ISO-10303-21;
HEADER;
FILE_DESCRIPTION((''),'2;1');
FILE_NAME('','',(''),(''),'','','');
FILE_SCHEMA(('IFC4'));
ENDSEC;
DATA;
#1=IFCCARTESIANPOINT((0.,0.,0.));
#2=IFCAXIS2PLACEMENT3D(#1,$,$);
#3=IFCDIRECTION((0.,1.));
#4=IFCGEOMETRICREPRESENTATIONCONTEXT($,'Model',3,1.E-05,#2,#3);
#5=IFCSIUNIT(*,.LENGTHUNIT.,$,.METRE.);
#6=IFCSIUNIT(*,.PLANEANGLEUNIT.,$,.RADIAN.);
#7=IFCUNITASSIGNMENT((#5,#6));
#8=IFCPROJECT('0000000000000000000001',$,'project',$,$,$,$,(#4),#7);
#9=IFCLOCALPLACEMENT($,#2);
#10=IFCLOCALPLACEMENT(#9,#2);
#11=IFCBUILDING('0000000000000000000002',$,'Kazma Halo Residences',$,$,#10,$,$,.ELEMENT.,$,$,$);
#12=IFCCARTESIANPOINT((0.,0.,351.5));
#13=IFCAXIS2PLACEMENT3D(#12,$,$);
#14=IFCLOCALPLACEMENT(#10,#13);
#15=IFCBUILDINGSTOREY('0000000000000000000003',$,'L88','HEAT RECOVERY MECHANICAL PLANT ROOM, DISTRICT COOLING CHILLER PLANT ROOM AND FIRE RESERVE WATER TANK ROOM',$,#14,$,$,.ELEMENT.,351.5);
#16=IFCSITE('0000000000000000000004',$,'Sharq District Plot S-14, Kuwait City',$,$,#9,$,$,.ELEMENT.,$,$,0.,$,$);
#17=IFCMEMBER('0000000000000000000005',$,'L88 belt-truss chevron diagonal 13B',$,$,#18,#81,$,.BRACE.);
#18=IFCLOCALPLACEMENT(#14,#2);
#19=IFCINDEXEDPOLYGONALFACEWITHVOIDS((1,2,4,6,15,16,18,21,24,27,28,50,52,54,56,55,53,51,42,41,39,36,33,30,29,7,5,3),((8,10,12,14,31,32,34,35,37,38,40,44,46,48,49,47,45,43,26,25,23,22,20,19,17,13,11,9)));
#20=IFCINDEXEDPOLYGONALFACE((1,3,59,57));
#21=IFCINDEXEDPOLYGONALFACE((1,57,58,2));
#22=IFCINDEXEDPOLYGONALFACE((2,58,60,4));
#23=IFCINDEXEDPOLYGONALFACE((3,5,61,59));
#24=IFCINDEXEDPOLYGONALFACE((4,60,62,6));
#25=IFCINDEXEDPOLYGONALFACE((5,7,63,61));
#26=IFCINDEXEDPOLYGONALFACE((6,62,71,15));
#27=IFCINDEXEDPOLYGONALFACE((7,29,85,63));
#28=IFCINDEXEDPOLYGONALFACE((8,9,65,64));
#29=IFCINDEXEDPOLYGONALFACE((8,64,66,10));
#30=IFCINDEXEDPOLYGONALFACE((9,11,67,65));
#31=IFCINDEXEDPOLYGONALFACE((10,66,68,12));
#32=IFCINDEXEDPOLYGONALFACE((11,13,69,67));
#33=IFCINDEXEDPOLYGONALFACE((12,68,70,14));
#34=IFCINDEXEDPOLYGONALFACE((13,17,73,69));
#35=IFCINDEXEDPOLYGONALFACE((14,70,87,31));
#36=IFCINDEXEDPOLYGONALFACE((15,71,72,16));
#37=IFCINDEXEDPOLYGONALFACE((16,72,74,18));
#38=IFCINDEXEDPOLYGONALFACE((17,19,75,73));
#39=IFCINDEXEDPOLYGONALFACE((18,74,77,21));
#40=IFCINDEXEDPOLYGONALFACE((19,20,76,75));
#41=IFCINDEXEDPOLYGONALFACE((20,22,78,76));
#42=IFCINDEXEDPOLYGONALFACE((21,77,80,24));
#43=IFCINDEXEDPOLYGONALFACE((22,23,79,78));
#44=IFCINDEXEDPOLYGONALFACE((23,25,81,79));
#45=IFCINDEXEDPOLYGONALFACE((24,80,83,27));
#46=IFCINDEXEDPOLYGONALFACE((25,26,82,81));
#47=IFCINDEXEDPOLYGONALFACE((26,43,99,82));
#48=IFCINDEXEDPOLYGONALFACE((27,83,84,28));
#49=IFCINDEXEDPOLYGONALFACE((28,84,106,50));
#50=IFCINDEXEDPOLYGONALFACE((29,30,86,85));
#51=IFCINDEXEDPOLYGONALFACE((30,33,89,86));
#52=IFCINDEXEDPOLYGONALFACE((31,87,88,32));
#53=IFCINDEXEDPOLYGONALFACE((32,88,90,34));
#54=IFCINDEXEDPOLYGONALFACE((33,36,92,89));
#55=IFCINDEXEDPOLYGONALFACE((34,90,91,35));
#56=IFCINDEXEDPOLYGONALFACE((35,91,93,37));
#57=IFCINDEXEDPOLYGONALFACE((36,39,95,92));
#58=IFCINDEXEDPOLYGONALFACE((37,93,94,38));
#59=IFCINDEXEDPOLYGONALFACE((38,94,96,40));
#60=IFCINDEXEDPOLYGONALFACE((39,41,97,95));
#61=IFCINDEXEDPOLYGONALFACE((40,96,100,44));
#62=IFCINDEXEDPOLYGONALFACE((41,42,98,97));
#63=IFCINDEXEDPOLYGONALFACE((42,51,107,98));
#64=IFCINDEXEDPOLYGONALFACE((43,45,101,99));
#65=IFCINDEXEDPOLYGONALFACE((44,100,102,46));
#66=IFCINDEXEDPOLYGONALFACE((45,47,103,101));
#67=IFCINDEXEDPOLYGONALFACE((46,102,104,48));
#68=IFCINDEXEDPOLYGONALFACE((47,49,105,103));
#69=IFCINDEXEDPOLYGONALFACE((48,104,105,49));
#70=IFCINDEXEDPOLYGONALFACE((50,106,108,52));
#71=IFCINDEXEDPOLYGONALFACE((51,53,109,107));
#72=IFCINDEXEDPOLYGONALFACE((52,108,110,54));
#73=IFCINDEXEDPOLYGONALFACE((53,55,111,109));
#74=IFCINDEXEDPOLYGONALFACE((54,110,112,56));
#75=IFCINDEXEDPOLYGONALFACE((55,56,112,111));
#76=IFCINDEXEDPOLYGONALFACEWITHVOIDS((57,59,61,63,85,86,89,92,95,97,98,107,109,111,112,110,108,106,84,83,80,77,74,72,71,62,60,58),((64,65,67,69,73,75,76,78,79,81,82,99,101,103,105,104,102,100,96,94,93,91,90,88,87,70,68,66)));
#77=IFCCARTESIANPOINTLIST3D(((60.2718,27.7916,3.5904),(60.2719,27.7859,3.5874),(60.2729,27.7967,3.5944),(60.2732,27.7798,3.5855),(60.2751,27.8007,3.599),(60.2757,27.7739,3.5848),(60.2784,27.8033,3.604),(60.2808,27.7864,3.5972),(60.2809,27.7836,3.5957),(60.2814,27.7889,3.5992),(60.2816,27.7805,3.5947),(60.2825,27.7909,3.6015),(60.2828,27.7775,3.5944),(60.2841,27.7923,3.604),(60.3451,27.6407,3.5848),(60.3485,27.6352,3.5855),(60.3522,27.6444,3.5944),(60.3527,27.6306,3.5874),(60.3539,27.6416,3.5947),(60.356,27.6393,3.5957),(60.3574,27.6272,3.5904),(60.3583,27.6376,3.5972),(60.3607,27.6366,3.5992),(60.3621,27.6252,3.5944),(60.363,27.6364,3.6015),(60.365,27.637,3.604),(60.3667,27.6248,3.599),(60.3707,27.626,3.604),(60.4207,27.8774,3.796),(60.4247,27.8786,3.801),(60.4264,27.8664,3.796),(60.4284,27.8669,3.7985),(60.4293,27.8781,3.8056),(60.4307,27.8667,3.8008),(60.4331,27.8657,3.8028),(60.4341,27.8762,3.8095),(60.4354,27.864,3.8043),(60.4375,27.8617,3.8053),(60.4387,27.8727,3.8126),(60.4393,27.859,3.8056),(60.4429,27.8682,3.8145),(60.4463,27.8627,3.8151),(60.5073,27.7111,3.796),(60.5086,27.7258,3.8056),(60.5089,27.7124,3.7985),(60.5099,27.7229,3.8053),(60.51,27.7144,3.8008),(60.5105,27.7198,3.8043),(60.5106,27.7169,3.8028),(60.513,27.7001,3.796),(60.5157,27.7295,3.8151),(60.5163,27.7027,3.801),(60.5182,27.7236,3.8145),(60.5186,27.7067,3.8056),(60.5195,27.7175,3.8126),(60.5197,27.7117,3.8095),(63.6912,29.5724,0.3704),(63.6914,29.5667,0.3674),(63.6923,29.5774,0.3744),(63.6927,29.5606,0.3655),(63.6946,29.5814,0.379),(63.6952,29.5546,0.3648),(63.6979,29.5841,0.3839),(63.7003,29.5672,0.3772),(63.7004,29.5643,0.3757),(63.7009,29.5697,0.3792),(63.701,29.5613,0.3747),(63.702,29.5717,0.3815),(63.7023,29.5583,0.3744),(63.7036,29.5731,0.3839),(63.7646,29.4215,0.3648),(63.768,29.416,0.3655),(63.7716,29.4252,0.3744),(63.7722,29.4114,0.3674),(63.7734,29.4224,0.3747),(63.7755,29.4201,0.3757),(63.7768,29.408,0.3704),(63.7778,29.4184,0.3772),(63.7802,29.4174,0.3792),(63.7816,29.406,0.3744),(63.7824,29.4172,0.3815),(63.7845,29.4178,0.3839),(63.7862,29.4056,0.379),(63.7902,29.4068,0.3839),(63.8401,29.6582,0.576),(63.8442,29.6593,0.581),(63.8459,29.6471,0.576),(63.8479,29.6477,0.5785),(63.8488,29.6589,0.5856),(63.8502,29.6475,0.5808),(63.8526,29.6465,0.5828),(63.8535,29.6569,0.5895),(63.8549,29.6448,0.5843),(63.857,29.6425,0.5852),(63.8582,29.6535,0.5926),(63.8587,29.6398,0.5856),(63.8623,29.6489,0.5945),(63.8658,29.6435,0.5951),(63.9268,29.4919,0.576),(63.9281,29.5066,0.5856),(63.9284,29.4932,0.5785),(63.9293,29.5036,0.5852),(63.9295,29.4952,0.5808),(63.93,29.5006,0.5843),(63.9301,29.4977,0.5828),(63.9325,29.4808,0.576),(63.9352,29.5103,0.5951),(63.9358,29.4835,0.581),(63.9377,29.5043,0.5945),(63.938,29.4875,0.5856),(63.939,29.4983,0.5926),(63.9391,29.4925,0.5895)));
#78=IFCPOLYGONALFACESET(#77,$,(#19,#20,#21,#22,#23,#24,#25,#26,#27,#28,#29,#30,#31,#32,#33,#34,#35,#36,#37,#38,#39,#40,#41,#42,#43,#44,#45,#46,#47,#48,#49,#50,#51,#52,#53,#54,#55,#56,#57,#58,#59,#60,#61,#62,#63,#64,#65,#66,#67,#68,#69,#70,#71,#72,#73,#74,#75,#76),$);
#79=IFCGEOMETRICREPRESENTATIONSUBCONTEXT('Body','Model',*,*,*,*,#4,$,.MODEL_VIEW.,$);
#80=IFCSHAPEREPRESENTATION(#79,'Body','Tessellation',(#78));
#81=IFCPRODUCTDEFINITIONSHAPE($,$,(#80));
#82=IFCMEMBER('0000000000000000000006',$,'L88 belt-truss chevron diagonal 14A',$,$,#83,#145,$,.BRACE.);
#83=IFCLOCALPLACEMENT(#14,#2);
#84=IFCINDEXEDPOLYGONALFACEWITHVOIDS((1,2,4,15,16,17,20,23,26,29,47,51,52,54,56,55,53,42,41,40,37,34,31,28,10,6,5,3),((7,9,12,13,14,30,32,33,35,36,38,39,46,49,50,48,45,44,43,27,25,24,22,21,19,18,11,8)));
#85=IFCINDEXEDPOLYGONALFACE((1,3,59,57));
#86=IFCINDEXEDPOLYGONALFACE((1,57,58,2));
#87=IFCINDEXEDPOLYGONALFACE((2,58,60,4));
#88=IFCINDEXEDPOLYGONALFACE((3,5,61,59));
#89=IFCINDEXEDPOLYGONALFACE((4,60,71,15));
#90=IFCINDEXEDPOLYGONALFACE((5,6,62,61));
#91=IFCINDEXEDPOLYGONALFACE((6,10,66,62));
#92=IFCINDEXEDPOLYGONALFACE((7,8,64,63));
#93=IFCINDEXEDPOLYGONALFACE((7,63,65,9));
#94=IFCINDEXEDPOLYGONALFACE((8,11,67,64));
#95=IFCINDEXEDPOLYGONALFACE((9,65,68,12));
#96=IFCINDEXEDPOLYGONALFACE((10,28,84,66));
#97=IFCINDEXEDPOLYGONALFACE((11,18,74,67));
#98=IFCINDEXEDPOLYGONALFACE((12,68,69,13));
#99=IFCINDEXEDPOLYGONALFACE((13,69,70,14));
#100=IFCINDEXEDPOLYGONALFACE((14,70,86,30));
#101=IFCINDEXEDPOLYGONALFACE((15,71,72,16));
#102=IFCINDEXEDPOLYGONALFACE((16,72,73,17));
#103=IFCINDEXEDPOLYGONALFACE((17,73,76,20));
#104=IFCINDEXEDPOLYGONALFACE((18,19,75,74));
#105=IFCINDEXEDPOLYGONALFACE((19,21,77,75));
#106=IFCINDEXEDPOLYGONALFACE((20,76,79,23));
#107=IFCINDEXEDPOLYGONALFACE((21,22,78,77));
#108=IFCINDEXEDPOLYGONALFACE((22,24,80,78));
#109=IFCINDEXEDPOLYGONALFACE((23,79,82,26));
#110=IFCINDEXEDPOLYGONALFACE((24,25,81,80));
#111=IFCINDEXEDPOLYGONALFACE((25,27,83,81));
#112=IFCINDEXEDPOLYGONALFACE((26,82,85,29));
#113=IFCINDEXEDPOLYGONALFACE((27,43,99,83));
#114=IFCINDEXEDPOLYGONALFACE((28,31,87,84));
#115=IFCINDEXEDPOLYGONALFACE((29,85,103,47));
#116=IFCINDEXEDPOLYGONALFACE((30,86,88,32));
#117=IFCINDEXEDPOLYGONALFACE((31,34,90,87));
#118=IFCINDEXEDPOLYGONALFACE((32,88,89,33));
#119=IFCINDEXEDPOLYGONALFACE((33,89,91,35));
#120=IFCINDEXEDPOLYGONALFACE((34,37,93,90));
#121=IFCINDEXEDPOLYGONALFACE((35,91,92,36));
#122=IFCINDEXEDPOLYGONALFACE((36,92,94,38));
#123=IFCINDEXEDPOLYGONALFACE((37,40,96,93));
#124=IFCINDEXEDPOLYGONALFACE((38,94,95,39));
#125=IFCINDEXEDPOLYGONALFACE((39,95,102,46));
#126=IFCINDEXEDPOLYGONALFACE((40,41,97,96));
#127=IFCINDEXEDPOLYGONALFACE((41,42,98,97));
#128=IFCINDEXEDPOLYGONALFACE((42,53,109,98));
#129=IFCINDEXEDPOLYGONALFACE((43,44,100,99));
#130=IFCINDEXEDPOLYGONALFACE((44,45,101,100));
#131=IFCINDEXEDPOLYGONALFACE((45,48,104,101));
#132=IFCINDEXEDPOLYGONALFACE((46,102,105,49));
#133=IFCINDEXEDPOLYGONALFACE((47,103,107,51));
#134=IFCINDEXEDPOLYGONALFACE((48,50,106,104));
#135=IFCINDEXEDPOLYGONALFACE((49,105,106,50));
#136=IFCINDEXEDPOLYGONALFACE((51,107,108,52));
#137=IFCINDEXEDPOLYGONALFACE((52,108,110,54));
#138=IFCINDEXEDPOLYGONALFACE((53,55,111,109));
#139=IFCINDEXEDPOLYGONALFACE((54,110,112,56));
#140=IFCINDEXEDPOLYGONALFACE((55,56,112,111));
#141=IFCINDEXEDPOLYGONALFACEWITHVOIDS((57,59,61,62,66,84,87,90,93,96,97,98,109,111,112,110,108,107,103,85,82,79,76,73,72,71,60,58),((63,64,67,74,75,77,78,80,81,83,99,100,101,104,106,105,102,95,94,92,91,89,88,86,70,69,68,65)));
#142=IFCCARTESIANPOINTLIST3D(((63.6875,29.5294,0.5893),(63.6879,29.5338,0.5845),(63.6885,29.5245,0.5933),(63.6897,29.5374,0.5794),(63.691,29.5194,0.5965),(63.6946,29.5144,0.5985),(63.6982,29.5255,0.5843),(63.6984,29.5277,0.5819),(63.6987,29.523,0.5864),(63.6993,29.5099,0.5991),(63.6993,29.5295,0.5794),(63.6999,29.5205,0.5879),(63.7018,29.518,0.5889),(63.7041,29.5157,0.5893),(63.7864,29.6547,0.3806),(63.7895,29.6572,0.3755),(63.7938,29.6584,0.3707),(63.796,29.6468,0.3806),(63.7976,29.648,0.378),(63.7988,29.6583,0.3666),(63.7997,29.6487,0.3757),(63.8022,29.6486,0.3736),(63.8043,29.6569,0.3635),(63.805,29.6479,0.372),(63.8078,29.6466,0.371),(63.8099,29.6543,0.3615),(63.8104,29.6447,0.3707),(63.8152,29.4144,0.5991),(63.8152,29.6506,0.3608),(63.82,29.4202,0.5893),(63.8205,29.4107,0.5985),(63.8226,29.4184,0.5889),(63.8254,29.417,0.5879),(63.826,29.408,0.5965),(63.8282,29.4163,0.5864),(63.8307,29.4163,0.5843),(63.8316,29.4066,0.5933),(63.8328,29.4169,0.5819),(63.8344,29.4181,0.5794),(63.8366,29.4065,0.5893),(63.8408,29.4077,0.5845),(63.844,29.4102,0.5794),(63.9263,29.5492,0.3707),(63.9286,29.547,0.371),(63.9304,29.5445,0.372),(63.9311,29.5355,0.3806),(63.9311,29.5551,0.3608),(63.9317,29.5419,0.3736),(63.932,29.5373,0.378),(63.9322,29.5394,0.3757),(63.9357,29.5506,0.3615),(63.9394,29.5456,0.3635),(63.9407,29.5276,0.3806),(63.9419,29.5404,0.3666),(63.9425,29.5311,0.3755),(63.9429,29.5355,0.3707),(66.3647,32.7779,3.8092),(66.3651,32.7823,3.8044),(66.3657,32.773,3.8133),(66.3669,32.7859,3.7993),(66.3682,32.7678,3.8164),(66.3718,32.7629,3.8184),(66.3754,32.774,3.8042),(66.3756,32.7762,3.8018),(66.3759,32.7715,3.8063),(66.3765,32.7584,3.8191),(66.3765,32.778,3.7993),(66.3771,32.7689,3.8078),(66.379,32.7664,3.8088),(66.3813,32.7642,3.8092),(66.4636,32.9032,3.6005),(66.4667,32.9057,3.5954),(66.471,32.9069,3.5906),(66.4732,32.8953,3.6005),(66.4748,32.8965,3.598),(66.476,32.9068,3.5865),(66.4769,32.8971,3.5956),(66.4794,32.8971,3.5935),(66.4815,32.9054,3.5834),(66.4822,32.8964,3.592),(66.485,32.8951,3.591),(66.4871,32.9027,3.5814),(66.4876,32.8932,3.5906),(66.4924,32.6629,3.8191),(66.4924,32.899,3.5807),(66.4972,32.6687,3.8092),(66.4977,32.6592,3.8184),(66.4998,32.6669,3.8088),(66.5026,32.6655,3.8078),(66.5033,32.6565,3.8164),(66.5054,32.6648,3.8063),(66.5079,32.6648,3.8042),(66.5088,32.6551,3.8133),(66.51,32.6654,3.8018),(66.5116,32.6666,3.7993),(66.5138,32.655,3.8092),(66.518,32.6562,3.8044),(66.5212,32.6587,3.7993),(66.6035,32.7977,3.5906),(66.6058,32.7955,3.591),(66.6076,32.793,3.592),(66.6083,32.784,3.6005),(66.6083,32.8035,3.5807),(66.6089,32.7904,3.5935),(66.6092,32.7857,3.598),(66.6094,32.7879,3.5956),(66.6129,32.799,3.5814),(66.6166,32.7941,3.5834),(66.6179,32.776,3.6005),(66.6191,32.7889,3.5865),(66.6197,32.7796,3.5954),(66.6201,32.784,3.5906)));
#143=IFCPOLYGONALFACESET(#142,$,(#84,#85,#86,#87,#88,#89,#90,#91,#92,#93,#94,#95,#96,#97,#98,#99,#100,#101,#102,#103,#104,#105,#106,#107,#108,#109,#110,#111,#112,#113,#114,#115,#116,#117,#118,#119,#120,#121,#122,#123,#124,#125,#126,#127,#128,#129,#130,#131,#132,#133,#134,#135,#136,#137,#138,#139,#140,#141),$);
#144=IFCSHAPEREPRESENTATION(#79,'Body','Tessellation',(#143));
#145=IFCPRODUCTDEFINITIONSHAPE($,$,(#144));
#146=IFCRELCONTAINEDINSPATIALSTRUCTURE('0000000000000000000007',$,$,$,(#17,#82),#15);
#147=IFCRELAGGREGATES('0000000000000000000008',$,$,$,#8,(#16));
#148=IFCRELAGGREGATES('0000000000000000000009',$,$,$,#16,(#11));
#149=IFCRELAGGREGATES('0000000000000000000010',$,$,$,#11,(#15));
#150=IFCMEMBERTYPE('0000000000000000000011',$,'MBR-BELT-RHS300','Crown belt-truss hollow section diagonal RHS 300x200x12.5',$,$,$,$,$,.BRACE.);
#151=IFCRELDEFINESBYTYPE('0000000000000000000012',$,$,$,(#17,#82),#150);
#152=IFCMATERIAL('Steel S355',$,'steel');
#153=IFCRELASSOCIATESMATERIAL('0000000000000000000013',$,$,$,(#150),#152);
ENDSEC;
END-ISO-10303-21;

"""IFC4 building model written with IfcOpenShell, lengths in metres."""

from ifc_helpers import new_model, si_unit, direction, frame, origin, origin_2d, place, context, subcontext, project, spatial, hollow_rectangle, extrude, material, material_profile, profile_set, type_object, element, save


model = new_model("IFC4")

# Units and contexts
model_context = context("Model", 3, precision=1e-05, world=origin(), true_north=direction((0.0, 1.0)))
body_context = subcontext(model_context, "Body", "Model", "MODEL_VIEW")
ifc_project = project(units=[si_unit("LENGTHUNIT", "METRE"), si_unit("PLANEANGLEUNIT", "RADIAN")], contexts=[model_context])

# Site, building, storey
site_placement = place(None, origin())
site = spatial("IfcSite", under=ifc_project, at=site_placement, Name="Sharq District Plot S-14, Kuwait City", CompositionType="ELEMENT", RefElevation=0.0)
building_placement = place(site_placement, origin())
building = spatial("IfcBuilding", under=site, at=building_placement, Name="Kazma Halo Residences", CompositionType="ELEMENT")
storey_placement = place(building_placement, frame((0.0, 0.0, 351.5)))
storey = spatial("IfcBuildingStorey", under=building, at=storey_placement, Name="L88", Description="HEAT RECOVERY MECHANICAL PLANT ROOM, DISTRICT COOLING CHILLER PLANT ROOM AND FIRE RESERVE WATER TANK ROOM", CompositionType="ELEMENT", Elevation=351.5)

# Shared definitions
ifc_material_1 = material(Name="Steel S355", Category="steel")

# Members
ifc_material_profile_1 = material_profile(ifc_material_1, hollow_rectangle(XDim=0.2, YDim=0.3, WallThickness=0.0125, InnerFilletRadius=0.0125, OuterFilletRadius=0.0249, at=origin_2d()), Name="RHS300x200x12.5")
ifc_profile_set_1 = profile_set([ifc_material_profile_1], Name="Steel S355")
member_type_1 = type_object("IfcMemberType", Name="MBR-BELT-RHS300", Description="Crown belt-truss hollow section diagonal RHS 300x200x12.5", PredefinedType="BRACE", material=ifc_profile_set_1)
member_1_placement = place(storey_placement, frame((63.8152, 29.5325, 0.48), z_axis=(-0.680737, -0.354512, 0.641029), x_axis=(0.461895, -0.886935, 0.0)))
element("IfcMember", 1, at=member_1_placement, inside=storey, type_object=member_type_1, Name="L88 belt-truss chevron diagonal 13B", PredefinedType="BRACE", context=body_context, shape_type="SweptSolid", body=[
    extrude(hollow_rectangle(XDim=0.2, YDim=0.3, WallThickness=0.0125, InnerFilletRadius=0.0125, OuterFilletRadius=0.0249, at=origin_2d()), origin(), (0.0, 0.0, 1.0), 5.0232),
])
member_2_placement = place(storey_placement, frame((63.8152, 29.5325, 0.48), z_axis=(0.505151, 0.612944, 0.607554), x_axis=(-0.771699, 0.635988, 0.0)))
element("IfcMember", 2, at=member_2_placement, inside=storey, type_object=member_type_1, Name="L88 belt-truss chevron diagonal 14A", PredefinedType="BRACE", context=body_context, shape_type="SweptSolid", body=[
    extrude(hollow_rectangle(XDim=0.2, YDim=0.3, WallThickness=0.0125, InnerFilletRadius=0.0125, OuterFilletRadius=0.0249, at=origin_2d()), origin(), (0.0, 0.0, 1.0), 5.2998),
])

save(model, "model.ifc")
